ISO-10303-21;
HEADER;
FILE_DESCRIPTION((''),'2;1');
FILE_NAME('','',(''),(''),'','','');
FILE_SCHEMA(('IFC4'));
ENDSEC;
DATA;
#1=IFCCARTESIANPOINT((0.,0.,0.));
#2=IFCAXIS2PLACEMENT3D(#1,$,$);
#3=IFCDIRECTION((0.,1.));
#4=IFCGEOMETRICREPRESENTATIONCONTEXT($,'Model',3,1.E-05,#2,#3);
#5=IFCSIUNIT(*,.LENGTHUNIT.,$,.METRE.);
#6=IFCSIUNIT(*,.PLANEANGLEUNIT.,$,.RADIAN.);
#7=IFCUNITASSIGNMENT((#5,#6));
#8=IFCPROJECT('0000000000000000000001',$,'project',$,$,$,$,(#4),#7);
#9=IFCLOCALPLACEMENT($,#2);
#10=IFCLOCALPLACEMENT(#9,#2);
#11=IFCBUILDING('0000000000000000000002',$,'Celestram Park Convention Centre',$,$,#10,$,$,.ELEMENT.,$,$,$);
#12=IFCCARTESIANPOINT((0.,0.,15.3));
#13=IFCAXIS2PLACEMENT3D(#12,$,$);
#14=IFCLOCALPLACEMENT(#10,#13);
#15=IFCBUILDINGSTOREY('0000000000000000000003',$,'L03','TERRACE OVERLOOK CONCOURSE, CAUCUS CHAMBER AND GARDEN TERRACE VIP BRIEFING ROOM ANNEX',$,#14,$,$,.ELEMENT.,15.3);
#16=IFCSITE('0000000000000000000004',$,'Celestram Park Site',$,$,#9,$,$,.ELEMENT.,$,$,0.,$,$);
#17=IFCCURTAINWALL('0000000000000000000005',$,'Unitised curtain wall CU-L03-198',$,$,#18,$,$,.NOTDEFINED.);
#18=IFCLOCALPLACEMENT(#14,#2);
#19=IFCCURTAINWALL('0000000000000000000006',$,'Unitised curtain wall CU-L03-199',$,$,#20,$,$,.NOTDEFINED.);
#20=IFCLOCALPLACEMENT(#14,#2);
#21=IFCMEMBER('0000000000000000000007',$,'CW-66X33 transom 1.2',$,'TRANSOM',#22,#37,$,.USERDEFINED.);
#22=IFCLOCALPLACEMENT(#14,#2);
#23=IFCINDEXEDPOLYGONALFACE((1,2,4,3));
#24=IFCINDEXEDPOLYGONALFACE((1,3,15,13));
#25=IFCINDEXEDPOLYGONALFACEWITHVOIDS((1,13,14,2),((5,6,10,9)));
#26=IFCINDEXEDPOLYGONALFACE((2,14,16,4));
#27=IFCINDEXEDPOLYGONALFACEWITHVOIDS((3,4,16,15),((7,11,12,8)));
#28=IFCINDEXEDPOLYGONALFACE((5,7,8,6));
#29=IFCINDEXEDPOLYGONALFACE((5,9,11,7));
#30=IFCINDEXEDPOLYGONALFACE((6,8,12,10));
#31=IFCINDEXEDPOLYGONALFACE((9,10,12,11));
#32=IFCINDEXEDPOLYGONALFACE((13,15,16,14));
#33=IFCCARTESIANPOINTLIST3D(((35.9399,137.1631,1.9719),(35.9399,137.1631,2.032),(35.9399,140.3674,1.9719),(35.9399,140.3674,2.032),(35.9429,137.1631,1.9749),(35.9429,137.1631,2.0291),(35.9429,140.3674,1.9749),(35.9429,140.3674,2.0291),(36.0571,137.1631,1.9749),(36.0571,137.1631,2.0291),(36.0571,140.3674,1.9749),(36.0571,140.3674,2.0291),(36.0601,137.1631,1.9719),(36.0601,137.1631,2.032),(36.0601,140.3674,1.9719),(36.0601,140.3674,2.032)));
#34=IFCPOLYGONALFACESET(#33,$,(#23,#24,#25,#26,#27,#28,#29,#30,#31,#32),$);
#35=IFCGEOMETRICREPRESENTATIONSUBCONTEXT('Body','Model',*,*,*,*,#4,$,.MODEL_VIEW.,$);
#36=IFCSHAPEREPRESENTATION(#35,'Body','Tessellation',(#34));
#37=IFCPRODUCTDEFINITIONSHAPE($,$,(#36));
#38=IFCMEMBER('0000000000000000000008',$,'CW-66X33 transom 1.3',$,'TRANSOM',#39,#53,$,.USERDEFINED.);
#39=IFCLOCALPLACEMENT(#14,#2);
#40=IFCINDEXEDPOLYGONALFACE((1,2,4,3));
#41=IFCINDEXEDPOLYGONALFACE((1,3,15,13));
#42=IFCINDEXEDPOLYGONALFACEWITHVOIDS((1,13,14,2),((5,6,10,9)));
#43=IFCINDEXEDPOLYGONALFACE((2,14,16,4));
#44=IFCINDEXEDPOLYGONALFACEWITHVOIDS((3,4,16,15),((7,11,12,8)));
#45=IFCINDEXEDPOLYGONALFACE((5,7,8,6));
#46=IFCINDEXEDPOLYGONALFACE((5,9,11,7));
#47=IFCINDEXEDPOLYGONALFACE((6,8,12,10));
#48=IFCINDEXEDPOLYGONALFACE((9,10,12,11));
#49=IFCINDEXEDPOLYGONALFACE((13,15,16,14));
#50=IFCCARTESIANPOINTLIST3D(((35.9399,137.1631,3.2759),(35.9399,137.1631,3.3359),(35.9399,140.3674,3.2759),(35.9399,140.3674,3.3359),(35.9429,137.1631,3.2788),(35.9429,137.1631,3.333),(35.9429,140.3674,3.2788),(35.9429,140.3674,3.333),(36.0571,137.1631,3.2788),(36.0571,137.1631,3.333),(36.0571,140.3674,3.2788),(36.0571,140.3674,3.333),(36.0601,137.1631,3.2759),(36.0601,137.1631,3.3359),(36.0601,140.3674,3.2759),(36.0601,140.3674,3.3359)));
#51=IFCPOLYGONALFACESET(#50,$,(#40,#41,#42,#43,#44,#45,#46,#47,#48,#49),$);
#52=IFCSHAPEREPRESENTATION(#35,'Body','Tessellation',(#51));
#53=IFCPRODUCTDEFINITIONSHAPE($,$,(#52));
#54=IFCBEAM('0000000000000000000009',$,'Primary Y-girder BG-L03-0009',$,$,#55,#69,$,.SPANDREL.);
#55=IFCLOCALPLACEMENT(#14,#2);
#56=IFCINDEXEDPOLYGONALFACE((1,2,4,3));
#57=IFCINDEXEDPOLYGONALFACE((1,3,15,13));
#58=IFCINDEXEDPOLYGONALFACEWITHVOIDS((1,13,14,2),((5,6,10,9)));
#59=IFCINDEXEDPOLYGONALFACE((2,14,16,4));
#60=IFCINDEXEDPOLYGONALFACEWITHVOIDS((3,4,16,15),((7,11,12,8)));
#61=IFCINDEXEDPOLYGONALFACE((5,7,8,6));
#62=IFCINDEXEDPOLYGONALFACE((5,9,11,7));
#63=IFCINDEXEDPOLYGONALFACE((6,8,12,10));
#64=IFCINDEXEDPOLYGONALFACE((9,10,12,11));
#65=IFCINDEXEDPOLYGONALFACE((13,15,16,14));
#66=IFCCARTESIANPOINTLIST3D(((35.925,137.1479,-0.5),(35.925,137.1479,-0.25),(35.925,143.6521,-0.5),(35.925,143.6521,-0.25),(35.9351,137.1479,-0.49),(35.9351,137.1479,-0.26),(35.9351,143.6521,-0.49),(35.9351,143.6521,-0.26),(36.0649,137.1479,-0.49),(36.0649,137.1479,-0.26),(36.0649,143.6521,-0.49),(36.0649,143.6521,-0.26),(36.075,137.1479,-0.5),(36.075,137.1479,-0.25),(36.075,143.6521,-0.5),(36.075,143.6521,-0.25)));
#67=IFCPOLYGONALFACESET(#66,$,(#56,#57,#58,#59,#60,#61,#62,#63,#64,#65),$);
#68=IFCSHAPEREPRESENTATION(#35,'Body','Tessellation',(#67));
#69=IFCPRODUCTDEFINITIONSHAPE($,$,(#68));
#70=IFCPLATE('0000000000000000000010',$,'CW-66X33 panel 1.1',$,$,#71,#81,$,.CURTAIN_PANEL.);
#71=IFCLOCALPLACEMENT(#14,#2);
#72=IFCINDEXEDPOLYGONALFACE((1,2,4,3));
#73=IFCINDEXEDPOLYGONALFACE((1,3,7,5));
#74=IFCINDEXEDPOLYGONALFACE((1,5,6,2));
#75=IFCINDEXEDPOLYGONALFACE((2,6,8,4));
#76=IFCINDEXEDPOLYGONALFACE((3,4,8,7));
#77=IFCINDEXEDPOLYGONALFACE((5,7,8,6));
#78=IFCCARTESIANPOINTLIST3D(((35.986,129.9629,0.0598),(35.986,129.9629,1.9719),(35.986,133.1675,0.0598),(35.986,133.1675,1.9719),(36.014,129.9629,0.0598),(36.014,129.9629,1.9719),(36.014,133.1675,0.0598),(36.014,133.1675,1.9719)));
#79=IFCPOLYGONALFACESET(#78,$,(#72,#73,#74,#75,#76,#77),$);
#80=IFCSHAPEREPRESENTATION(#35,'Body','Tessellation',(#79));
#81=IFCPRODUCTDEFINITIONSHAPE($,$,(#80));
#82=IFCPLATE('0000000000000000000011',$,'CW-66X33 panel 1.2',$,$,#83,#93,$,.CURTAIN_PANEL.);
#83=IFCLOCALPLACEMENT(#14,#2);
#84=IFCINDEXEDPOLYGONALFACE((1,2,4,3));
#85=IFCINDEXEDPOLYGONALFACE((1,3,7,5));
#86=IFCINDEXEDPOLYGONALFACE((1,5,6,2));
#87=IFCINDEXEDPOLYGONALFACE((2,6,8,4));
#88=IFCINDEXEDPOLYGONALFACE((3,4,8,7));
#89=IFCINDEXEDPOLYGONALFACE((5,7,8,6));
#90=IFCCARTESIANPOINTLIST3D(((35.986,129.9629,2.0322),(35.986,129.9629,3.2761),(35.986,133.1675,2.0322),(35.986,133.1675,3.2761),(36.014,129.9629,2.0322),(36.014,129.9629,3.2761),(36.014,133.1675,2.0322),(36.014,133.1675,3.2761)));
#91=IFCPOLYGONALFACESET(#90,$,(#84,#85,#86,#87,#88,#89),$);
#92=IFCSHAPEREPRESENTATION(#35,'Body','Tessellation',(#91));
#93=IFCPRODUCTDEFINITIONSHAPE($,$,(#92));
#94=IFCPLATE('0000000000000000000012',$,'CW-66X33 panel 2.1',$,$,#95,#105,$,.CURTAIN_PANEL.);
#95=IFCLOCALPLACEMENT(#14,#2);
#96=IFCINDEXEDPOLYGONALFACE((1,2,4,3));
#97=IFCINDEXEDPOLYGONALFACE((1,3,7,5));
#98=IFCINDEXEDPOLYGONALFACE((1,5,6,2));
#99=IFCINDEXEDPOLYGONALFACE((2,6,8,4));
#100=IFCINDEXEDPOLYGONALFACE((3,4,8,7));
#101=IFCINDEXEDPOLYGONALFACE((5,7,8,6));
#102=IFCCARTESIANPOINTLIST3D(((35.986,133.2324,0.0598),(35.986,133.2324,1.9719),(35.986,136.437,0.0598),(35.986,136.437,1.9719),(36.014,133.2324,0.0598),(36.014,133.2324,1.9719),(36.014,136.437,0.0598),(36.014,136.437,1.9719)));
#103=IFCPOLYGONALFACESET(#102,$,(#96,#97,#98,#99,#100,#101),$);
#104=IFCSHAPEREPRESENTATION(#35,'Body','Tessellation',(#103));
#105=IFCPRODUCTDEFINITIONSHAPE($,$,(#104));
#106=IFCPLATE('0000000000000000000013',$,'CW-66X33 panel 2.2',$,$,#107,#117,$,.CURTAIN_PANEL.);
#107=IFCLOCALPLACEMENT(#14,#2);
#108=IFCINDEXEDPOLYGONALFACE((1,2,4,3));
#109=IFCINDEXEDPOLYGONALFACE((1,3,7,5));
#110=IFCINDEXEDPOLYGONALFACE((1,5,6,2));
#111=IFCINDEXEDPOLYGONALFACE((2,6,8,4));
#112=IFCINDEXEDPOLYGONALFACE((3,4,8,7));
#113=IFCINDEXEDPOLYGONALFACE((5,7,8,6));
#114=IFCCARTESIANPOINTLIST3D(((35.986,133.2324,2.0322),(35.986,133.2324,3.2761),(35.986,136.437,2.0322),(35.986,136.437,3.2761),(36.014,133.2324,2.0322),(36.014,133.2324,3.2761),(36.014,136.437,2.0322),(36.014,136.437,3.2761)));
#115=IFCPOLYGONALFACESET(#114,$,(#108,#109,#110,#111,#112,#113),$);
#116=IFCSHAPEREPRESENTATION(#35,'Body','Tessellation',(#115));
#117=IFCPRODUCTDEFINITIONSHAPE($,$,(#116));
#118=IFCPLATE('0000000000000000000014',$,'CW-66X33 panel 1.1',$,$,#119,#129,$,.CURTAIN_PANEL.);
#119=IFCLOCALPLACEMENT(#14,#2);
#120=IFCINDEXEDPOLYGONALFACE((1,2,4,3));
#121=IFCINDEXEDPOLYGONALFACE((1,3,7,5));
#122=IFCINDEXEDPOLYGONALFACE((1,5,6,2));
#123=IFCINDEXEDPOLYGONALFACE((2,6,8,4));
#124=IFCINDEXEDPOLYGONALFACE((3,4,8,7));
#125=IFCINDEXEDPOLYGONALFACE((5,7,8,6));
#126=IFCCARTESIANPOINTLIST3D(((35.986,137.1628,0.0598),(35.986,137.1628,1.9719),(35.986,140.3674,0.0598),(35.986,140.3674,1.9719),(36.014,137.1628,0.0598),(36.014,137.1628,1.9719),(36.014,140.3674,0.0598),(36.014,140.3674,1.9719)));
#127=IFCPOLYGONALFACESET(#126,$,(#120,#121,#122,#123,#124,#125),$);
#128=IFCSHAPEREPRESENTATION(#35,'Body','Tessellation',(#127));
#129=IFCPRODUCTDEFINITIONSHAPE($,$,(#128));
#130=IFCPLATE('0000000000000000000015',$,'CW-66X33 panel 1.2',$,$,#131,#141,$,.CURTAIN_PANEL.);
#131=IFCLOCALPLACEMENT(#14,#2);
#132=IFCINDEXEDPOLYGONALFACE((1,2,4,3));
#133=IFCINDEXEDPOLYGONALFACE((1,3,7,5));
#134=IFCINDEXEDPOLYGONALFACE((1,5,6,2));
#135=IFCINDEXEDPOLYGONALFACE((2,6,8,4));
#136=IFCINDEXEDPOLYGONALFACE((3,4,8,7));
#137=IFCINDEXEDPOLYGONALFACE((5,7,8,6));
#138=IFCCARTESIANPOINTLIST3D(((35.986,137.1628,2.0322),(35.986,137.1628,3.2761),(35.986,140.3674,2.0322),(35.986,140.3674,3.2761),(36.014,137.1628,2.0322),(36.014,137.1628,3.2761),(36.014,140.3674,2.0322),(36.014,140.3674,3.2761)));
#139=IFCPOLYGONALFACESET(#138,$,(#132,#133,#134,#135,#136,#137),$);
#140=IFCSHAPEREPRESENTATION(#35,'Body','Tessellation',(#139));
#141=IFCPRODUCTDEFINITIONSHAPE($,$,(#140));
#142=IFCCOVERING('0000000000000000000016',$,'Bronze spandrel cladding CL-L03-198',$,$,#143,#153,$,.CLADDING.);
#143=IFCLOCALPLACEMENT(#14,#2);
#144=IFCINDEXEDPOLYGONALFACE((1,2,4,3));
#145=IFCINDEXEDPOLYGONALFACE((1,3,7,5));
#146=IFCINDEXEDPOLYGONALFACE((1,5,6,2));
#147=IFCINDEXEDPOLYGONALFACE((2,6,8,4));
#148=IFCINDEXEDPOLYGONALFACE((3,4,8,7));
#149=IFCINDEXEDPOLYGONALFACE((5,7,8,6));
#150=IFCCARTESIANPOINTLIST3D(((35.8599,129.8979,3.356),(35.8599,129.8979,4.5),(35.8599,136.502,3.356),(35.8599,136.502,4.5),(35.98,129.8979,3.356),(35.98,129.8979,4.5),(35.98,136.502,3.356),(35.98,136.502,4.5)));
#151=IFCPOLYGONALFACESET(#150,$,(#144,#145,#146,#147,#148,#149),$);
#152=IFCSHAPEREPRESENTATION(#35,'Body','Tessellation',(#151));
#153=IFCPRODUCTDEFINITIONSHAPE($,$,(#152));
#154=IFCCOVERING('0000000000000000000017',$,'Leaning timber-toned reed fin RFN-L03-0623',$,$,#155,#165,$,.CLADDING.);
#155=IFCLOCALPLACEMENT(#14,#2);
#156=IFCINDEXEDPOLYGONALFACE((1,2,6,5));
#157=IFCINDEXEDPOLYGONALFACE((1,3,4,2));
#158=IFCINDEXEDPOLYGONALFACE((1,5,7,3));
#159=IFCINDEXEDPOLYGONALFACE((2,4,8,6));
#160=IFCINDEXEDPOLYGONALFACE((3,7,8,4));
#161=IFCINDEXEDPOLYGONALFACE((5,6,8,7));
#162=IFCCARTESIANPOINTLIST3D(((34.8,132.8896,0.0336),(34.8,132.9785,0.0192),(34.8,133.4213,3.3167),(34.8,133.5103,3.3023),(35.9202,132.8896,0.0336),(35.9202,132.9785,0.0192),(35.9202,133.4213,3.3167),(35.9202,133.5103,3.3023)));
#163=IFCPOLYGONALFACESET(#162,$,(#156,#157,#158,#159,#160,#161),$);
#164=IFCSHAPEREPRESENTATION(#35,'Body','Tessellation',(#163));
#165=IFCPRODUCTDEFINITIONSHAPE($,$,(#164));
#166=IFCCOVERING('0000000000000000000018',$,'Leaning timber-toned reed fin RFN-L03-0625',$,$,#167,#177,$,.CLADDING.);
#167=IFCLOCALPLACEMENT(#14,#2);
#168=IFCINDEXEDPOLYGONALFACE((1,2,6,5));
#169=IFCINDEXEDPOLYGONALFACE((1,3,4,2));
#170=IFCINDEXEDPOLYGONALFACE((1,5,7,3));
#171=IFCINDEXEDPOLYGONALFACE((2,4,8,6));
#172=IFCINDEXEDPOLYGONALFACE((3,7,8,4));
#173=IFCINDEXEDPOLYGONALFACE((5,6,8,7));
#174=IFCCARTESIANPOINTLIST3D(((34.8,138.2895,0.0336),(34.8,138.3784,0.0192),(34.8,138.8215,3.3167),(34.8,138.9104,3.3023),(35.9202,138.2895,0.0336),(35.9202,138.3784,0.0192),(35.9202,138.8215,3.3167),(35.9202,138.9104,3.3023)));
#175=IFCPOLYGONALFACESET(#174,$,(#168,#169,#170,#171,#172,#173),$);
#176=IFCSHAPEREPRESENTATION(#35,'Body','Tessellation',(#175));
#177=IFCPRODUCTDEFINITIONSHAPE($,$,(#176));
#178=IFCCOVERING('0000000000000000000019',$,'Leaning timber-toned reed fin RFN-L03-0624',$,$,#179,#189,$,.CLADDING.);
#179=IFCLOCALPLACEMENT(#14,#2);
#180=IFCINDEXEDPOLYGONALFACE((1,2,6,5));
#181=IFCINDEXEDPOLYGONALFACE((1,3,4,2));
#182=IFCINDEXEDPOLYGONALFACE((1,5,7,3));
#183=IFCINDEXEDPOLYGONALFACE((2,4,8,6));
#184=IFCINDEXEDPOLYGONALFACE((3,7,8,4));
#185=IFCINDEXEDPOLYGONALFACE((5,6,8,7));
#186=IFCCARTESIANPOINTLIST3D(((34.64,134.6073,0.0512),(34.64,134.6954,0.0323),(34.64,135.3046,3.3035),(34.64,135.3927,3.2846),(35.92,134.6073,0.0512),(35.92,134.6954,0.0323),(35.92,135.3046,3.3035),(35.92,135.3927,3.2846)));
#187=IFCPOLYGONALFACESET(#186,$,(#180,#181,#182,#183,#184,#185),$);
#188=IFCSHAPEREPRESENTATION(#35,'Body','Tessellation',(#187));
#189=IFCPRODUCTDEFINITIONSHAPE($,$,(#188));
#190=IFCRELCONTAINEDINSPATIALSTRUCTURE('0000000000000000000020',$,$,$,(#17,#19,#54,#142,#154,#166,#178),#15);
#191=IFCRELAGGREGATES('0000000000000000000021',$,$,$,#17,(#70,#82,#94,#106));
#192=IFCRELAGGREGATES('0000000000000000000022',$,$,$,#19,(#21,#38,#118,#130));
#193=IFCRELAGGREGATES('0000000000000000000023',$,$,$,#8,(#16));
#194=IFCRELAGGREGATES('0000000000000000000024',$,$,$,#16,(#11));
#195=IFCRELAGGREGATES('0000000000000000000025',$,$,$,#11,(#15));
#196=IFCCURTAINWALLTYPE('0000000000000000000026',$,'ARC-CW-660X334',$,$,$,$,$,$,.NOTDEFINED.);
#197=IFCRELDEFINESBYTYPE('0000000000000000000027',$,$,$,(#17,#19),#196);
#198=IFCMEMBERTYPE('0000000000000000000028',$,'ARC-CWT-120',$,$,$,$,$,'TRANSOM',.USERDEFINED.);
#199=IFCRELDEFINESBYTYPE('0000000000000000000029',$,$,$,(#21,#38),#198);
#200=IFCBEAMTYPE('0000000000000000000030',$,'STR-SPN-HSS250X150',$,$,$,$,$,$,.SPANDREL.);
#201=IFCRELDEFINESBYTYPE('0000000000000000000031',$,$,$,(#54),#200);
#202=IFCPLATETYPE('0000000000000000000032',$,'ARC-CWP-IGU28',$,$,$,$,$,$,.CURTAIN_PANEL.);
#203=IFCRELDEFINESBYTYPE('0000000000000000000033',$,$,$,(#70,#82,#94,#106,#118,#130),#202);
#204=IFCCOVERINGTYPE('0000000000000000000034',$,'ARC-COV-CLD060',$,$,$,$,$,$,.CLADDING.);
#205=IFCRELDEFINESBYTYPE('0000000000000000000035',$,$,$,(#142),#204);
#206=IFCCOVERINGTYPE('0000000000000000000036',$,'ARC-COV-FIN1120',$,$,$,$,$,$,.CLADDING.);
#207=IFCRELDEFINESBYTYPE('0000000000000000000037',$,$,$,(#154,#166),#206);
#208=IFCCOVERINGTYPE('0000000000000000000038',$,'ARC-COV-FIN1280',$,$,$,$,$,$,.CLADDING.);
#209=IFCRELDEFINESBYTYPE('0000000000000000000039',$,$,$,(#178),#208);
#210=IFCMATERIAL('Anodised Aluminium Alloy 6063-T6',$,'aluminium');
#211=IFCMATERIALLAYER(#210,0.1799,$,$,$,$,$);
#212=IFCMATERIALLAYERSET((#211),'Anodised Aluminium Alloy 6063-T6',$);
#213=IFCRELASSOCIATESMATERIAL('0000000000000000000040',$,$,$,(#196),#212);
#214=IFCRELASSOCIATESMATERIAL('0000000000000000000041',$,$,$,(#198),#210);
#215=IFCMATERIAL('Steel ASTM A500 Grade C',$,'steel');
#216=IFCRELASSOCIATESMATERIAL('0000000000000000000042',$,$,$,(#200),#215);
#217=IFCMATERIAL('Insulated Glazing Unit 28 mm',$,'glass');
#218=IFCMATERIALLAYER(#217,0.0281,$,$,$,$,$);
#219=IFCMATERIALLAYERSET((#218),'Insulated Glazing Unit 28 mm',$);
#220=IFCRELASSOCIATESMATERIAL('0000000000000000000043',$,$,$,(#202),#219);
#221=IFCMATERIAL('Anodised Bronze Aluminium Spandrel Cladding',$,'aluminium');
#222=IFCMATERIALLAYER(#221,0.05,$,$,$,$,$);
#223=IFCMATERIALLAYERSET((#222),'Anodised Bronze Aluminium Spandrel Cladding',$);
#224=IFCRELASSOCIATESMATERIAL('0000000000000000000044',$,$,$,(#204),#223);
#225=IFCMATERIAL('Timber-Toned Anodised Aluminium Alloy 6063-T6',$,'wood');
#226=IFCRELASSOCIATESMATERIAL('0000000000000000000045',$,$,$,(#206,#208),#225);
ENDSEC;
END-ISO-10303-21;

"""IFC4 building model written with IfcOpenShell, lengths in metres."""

from ifc_helpers import new_model, si_unit, direction, frame, origin, origin_2d, place, context, subcontext, project, spatial, rectangle, hollow_rectangle, extrude, material, layer, layer_set, material_profile, profile_set, type_object, element, aggregate, save


model = new_model("IFC4")

# Units and contexts
model_context = context("Model", 3, precision=1e-05, world=origin(), true_north=direction((0.0, 1.0)))
body_context = subcontext(model_context, "Body", "Model", "MODEL_VIEW")
ifc_project = project(units=[si_unit("LENGTHUNIT", "METRE"), si_unit("PLANEANGLEUNIT", "RADIAN")], contexts=[model_context])

# Site, building, storey
site_placement = place(None, origin())
site = spatial("IfcSite", under=ifc_project, at=site_placement, Name="Celestram Park Site", CompositionType="ELEMENT", RefElevation=0.0)
building_placement = place(site_placement, origin())
building = spatial("IfcBuilding", under=site, at=building_placement, Name="Celestram Park Convention Centre", CompositionType="ELEMENT")
storey_placement = place(building_placement, frame((0.0, 0.0, 15.3)))
storey = spatial("IfcBuildingStorey", under=building, at=storey_placement, Name="L03", Description="TERRACE OVERLOOK CONCOURSE, CAUCUS CHAMBER AND GARDEN TERRACE VIP BRIEFING ROOM ANNEX", CompositionType="ELEMENT", Elevation=15.3)

# Curtain wall
ifc_material_1 = material(Name="Anodised Aluminium Alloy 6063-T6", Category="aluminium")
ifc_layer_1 = layer(ifc_material_1, 0.1799)
ifc_layer_set_1 = layer_set([ifc_layer_1], Name="Anodised Aluminium Alloy 6063-T6")
curtain_wall_type = type_object("IfcCurtainWallType", Name="ARC-CW-660X334", PredefinedType="NOTDEFINED", material=ifc_layer_set_1)
curtain_wall_1_placement = place(storey_placement, origin())
curtain_wall_1 = element("IfcCurtainWall", 1, at=curtain_wall_1_placement, inside=storey, type_object=curtain_wall_type, Name="Unitised curtain wall CU-L03-198", PredefinedType="NOTDEFINED")

# Curtain wall
curtain_wall_2_placement = place(storey_placement, origin())
curtain_wall_2 = element("IfcCurtainWall", 2, at=curtain_wall_2_placement, inside=storey, type_object=curtain_wall_type, Name="Unitised curtain wall CU-L03-199", PredefinedType="NOTDEFINED")

# Members
ifc_material_profile_1 = material_profile(ifc_material_1, hollow_rectangle(XDim=0.1201, YDim=0.0601, WallThickness=0.0029, at=origin_2d()), Name="ALU120X60X3")
ifc_profile_set_1 = profile_set([ifc_material_profile_1], Name="Anodised Aluminium Alloy 6063-T6")
member_type_1 = type_object("IfcMemberType", Name="ARC-CWT-120", ElementType="TRANSOM", PredefinedType="USERDEFINED", material=ifc_profile_set_1)
member_1_placement = place(storey_placement, frame((36.0, 137.1631, 2.002), z_axis=(0.0, 1.0, 0.0), x_axis=(-1.0, 0.0, 0.0)))
member_1 = element("IfcMember", 3, at=member_1_placement, type_object=member_type_1, Name="CW-66X33 transom 1.2", ObjectType="TRANSOM", PredefinedType="USERDEFINED", context=body_context, shape_type="SweptSolid", body=[
    extrude(hollow_rectangle(XDim=0.1201, YDim=0.0601, WallThickness=0.0029, at=origin_2d()), origin(), (0.0, 0.0, 1.0), 3.2043),
])
member_2_placement = place(storey_placement, frame((36.0, 137.1631, 3.3059), z_axis=(0.0, 1.0, 0.0), x_axis=(-1.0, 0.0, 0.0)))
member_2 = element("IfcMember", 4, at=member_2_placement, type_object=member_type_1, Name="CW-66X33 transom 1.3", ObjectType="TRANSOM", PredefinedType="USERDEFINED", context=body_context, shape_type="SweptSolid", body=[
    extrude(hollow_rectangle(XDim=0.1201, YDim=0.0601, WallThickness=0.0029, at=origin_2d()), origin(), (0.0, 0.0, 1.0), 3.2043),
])

# Beam
ifc_material_2 = material(Name="Steel ASTM A500 Grade C", Category="steel")
ifc_material_profile_2 = material_profile(ifc_material_2, hollow_rectangle(XDim=0.1499, YDim=0.25, WallThickness=0.01, at=origin_2d()), Name="HSS250X150X10")
ifc_profile_set_2 = profile_set([ifc_material_profile_2], Name="Steel ASTM A500 Grade C")
beam_type = type_object("IfcBeamType", Name="STR-SPN-HSS250X150", PredefinedType="SPANDREL", material=ifc_profile_set_2)
beam_placement = place(storey_placement, frame((36.0, 137.1479, -0.375), z_axis=(0.0, 1.0, 0.0), x_axis=(-1.0, 0.0, 0.0)))
element("IfcBeam", 5, at=beam_placement, inside=storey, type_object=beam_type, Name="Primary Y-girder BG-L03-0009", PredefinedType="SPANDREL", context=body_context, shape_type="SweptSolid", body=[
    extrude(hollow_rectangle(XDim=0.1499, YDim=0.25, WallThickness=0.01, at=origin_2d()), origin(), (0.0, 0.0, 1.0), 6.5042),
])

# Plates
ifc_material_3 = material(Name="Insulated Glazing Unit 28 mm", Category="glass")
ifc_layer_2 = layer(ifc_material_3, 0.0281)
ifc_layer_set_2 = layer_set([ifc_layer_2], Name="Insulated Glazing Unit 28 mm")
plate_type = type_object("IfcPlateType", Name="ARC-CWP-IGU28", PredefinedType="CURTAIN_PANEL", material=ifc_layer_set_2)
plate_1_placement = place(storey_placement, frame((36.0, 131.5652, 0.0598), z_axis=(0.0, 0.0, 1.0), x_axis=(0.0, 1.0, 0.0)))
plate_1 = element("IfcPlate", 6, at=plate_1_placement, type_object=plate_type, Name="CW-66X33 panel 1.1", PredefinedType="CURTAIN_PANEL", context=body_context, shape_type="SweptSolid", body=[
    extrude(rectangle(XDim=3.2046, YDim=0.0281, at=origin_2d()), origin(), (0.0, 0.0, 1.0), 1.9121),
])
plate_2_placement = place(storey_placement, frame((36.0, 131.5652, 2.0322), z_axis=(0.0, 0.0, 1.0), x_axis=(0.0, 1.0, 0.0)))
plate_2 = element("IfcPlate", 7, at=plate_2_placement, type_object=plate_type, Name="CW-66X33 panel 1.2", PredefinedType="CURTAIN_PANEL", context=body_context, shape_type="SweptSolid", body=[
    extrude(rectangle(XDim=3.2046, YDim=0.0281, at=origin_2d()), origin(), (0.0, 0.0, 1.0), 1.2439),
])
plate_3_placement = place(storey_placement, frame((36.0, 134.8347, 0.0598), z_axis=(0.0, 0.0, 1.0), x_axis=(0.0, 1.0, 0.0)))
plate_3 = element("IfcPlate", 8, at=plate_3_placement, type_object=plate_type, Name="CW-66X33 panel 2.1", PredefinedType="CURTAIN_PANEL", context=body_context, shape_type="SweptSolid", body=[
    extrude(rectangle(XDim=3.2046, YDim=0.0281, at=origin_2d()), origin(), (0.0, 0.0, 1.0), 1.9121),
])
plate_4_placement = place(storey_placement, frame((36.0, 134.8347, 2.0322), z_axis=(0.0, 0.0, 1.0), x_axis=(0.0, 1.0, 0.0)))
plate_4 = element("IfcPlate", 9, at=plate_4_placement, type_object=plate_type, Name="CW-66X33 panel 2.2", PredefinedType="CURTAIN_PANEL", context=body_context, shape_type="SweptSolid", body=[
    extrude(rectangle(XDim=3.2046, YDim=0.0281, at=origin_2d()), origin(), (0.0, 0.0, 1.0), 1.2439),
])
aggregate(curtain_wall_1, [plate_1, plate_2, plate_3, plate_4])
plate_5_placement = place(storey_placement, frame((36.0, 138.7651, 0.0598), z_axis=(0.0, 0.0, 1.0), x_axis=(0.0, 1.0, 0.0)))
plate_5 = element("IfcPlate", 10, at=plate_5_placement, type_object=plate_type, Name="CW-66X33 panel 1.1", PredefinedType="CURTAIN_PANEL", context=body_context, shape_type="SweptSolid", body=[
    extrude(rectangle(XDim=3.2046, YDim=0.0281, at=origin_2d()), origin(), (0.0, 0.0, 1.0), 1.9121),
])
plate_6_placement = place(storey_placement, frame((36.0, 138.7651, 2.0322), z_axis=(0.0, 0.0, 1.0), x_axis=(0.0, 1.0, 0.0)))
plate_6 = element("IfcPlate", 11, at=plate_6_placement, type_object=plate_type, Name="CW-66X33 panel 1.2", PredefinedType="CURTAIN_PANEL", context=body_context, shape_type="SweptSolid", body=[
    extrude(rectangle(XDim=3.2046, YDim=0.0281, at=origin_2d()), origin(), (0.0, 0.0, 1.0), 1.2439),
])
aggregate(curtain_wall_2, [member_1, member_2, plate_5, plate_6])

# Coverings
ifc_material_4 = material(Name="Anodised Bronze Aluminium Spandrel Cladding", Category="aluminium")
ifc_layer_3 = layer(ifc_material_4, 0.05)
ifc_layer_set_3 = layer_set([ifc_layer_3], Name="Anodised Bronze Aluminium Spandrel Cladding")
covering_type_1 = type_object("IfcCoveringType", Name="ARC-COV-CLD060", PredefinedType="CLADDING", material=ifc_layer_set_3)
covering_1_placement = place(storey_placement, frame((35.9199, 133.2, 3.356), z_axis=(0.0, 0.0, 1.0), x_axis=(0.0, 1.0, 0.0)))
element("IfcCovering", 12, at=covering_1_placement, inside=storey, type_object=covering_type_1, Name="Bronze spandrel cladding CL-L03-198", PredefinedType="CLADDING", context=body_context, shape_type="SweptSolid", body=[
    extrude(rectangle(XDim=6.604, YDim=0.1201, at=origin_2d()), origin(), (0.0, 0.0, 1.0), 1.144),
])
ifc_material_5 = material(Name="Timber-Toned Anodised Aluminium Alloy 6063-T6", Category="wood")
ifc_material_profile_3 = material_profile(ifc_material_5, rectangle(XDim=1.1201, YDim=0.0901, at=origin_2d()), Name="REED1120X90")
ifc_profile_set_3 = profile_set([ifc_material_profile_3], Name="Timber-Toned Anodised Aluminium Alloy 6063-T6")
covering_type_2 = type_object("IfcCoveringType", Name="ARC-COV-FIN1120", PredefinedType="CLADDING", material=ifc_profile_set_3)
for number, where, z_axis, x_axis, name in (
    (13, (35.3601, 132.9341, 0.0264), (0.0, 0.159874, 0.987137), (-1.0, 0.0, 0.0), "Leaning timber-toned reed fin RFN-L03-0623"),
    (14, (35.3601, 138.334, 0.0264), (0.0, 0.159946, 0.987126), (-1.0, 0.0, 0.0), "Leaning timber-toned reed fin RFN-L03-0625"),
):
    element("IfcCovering", number, at=place(storey_placement, frame(where, z_axis=z_axis, x_axis=x_axis)), inside=storey, type_object=covering_type_2, Name=name, PredefinedType="CLADDING", context=body_context, shape_type="SweptSolid", body=[
        extrude(rectangle(XDim=1.1201, YDim=0.0901, at=origin_2d()), origin(), (0.0, 0.0, 1.0), 3.3259),
    ])
ifc_material_profile_4 = material_profile(ifc_material_5, rectangle(XDim=1.28, YDim=0.0901, at=origin_2d()), Name="REED1280X90")
ifc_profile_set_4 = profile_set([ifc_material_profile_4], Name="Timber-Toned Anodised Aluminium Alloy 6063-T6")
covering_type_3 = type_object("IfcCoveringType", Name="ARC-COV-FIN1280", PredefinedType="CLADDING", material=ifc_profile_set_4)
for number, where, z_axis, x_axis, name in (
    (15, (35.28, 134.6514, 0.0417), (0.0, 0.209634, 0.97778), (-1.0, 0.0, 0.0), "Leaning timber-toned reed fin RFN-L03-0624"),
):
    element("IfcCovering", number, at=place(storey_placement, frame(where, z_axis=z_axis, x_axis=x_axis)), inside=storey, type_object=covering_type_3, Name=name, PredefinedType="CLADDING", context=body_context, shape_type="SweptSolid", body=[
        extrude(rectangle(XDim=1.28, YDim=0.0901, at=origin_2d()), origin(), (0.0, 0.0, 1.0), 3.3262),
    ])

save(model, "model.ifc")
